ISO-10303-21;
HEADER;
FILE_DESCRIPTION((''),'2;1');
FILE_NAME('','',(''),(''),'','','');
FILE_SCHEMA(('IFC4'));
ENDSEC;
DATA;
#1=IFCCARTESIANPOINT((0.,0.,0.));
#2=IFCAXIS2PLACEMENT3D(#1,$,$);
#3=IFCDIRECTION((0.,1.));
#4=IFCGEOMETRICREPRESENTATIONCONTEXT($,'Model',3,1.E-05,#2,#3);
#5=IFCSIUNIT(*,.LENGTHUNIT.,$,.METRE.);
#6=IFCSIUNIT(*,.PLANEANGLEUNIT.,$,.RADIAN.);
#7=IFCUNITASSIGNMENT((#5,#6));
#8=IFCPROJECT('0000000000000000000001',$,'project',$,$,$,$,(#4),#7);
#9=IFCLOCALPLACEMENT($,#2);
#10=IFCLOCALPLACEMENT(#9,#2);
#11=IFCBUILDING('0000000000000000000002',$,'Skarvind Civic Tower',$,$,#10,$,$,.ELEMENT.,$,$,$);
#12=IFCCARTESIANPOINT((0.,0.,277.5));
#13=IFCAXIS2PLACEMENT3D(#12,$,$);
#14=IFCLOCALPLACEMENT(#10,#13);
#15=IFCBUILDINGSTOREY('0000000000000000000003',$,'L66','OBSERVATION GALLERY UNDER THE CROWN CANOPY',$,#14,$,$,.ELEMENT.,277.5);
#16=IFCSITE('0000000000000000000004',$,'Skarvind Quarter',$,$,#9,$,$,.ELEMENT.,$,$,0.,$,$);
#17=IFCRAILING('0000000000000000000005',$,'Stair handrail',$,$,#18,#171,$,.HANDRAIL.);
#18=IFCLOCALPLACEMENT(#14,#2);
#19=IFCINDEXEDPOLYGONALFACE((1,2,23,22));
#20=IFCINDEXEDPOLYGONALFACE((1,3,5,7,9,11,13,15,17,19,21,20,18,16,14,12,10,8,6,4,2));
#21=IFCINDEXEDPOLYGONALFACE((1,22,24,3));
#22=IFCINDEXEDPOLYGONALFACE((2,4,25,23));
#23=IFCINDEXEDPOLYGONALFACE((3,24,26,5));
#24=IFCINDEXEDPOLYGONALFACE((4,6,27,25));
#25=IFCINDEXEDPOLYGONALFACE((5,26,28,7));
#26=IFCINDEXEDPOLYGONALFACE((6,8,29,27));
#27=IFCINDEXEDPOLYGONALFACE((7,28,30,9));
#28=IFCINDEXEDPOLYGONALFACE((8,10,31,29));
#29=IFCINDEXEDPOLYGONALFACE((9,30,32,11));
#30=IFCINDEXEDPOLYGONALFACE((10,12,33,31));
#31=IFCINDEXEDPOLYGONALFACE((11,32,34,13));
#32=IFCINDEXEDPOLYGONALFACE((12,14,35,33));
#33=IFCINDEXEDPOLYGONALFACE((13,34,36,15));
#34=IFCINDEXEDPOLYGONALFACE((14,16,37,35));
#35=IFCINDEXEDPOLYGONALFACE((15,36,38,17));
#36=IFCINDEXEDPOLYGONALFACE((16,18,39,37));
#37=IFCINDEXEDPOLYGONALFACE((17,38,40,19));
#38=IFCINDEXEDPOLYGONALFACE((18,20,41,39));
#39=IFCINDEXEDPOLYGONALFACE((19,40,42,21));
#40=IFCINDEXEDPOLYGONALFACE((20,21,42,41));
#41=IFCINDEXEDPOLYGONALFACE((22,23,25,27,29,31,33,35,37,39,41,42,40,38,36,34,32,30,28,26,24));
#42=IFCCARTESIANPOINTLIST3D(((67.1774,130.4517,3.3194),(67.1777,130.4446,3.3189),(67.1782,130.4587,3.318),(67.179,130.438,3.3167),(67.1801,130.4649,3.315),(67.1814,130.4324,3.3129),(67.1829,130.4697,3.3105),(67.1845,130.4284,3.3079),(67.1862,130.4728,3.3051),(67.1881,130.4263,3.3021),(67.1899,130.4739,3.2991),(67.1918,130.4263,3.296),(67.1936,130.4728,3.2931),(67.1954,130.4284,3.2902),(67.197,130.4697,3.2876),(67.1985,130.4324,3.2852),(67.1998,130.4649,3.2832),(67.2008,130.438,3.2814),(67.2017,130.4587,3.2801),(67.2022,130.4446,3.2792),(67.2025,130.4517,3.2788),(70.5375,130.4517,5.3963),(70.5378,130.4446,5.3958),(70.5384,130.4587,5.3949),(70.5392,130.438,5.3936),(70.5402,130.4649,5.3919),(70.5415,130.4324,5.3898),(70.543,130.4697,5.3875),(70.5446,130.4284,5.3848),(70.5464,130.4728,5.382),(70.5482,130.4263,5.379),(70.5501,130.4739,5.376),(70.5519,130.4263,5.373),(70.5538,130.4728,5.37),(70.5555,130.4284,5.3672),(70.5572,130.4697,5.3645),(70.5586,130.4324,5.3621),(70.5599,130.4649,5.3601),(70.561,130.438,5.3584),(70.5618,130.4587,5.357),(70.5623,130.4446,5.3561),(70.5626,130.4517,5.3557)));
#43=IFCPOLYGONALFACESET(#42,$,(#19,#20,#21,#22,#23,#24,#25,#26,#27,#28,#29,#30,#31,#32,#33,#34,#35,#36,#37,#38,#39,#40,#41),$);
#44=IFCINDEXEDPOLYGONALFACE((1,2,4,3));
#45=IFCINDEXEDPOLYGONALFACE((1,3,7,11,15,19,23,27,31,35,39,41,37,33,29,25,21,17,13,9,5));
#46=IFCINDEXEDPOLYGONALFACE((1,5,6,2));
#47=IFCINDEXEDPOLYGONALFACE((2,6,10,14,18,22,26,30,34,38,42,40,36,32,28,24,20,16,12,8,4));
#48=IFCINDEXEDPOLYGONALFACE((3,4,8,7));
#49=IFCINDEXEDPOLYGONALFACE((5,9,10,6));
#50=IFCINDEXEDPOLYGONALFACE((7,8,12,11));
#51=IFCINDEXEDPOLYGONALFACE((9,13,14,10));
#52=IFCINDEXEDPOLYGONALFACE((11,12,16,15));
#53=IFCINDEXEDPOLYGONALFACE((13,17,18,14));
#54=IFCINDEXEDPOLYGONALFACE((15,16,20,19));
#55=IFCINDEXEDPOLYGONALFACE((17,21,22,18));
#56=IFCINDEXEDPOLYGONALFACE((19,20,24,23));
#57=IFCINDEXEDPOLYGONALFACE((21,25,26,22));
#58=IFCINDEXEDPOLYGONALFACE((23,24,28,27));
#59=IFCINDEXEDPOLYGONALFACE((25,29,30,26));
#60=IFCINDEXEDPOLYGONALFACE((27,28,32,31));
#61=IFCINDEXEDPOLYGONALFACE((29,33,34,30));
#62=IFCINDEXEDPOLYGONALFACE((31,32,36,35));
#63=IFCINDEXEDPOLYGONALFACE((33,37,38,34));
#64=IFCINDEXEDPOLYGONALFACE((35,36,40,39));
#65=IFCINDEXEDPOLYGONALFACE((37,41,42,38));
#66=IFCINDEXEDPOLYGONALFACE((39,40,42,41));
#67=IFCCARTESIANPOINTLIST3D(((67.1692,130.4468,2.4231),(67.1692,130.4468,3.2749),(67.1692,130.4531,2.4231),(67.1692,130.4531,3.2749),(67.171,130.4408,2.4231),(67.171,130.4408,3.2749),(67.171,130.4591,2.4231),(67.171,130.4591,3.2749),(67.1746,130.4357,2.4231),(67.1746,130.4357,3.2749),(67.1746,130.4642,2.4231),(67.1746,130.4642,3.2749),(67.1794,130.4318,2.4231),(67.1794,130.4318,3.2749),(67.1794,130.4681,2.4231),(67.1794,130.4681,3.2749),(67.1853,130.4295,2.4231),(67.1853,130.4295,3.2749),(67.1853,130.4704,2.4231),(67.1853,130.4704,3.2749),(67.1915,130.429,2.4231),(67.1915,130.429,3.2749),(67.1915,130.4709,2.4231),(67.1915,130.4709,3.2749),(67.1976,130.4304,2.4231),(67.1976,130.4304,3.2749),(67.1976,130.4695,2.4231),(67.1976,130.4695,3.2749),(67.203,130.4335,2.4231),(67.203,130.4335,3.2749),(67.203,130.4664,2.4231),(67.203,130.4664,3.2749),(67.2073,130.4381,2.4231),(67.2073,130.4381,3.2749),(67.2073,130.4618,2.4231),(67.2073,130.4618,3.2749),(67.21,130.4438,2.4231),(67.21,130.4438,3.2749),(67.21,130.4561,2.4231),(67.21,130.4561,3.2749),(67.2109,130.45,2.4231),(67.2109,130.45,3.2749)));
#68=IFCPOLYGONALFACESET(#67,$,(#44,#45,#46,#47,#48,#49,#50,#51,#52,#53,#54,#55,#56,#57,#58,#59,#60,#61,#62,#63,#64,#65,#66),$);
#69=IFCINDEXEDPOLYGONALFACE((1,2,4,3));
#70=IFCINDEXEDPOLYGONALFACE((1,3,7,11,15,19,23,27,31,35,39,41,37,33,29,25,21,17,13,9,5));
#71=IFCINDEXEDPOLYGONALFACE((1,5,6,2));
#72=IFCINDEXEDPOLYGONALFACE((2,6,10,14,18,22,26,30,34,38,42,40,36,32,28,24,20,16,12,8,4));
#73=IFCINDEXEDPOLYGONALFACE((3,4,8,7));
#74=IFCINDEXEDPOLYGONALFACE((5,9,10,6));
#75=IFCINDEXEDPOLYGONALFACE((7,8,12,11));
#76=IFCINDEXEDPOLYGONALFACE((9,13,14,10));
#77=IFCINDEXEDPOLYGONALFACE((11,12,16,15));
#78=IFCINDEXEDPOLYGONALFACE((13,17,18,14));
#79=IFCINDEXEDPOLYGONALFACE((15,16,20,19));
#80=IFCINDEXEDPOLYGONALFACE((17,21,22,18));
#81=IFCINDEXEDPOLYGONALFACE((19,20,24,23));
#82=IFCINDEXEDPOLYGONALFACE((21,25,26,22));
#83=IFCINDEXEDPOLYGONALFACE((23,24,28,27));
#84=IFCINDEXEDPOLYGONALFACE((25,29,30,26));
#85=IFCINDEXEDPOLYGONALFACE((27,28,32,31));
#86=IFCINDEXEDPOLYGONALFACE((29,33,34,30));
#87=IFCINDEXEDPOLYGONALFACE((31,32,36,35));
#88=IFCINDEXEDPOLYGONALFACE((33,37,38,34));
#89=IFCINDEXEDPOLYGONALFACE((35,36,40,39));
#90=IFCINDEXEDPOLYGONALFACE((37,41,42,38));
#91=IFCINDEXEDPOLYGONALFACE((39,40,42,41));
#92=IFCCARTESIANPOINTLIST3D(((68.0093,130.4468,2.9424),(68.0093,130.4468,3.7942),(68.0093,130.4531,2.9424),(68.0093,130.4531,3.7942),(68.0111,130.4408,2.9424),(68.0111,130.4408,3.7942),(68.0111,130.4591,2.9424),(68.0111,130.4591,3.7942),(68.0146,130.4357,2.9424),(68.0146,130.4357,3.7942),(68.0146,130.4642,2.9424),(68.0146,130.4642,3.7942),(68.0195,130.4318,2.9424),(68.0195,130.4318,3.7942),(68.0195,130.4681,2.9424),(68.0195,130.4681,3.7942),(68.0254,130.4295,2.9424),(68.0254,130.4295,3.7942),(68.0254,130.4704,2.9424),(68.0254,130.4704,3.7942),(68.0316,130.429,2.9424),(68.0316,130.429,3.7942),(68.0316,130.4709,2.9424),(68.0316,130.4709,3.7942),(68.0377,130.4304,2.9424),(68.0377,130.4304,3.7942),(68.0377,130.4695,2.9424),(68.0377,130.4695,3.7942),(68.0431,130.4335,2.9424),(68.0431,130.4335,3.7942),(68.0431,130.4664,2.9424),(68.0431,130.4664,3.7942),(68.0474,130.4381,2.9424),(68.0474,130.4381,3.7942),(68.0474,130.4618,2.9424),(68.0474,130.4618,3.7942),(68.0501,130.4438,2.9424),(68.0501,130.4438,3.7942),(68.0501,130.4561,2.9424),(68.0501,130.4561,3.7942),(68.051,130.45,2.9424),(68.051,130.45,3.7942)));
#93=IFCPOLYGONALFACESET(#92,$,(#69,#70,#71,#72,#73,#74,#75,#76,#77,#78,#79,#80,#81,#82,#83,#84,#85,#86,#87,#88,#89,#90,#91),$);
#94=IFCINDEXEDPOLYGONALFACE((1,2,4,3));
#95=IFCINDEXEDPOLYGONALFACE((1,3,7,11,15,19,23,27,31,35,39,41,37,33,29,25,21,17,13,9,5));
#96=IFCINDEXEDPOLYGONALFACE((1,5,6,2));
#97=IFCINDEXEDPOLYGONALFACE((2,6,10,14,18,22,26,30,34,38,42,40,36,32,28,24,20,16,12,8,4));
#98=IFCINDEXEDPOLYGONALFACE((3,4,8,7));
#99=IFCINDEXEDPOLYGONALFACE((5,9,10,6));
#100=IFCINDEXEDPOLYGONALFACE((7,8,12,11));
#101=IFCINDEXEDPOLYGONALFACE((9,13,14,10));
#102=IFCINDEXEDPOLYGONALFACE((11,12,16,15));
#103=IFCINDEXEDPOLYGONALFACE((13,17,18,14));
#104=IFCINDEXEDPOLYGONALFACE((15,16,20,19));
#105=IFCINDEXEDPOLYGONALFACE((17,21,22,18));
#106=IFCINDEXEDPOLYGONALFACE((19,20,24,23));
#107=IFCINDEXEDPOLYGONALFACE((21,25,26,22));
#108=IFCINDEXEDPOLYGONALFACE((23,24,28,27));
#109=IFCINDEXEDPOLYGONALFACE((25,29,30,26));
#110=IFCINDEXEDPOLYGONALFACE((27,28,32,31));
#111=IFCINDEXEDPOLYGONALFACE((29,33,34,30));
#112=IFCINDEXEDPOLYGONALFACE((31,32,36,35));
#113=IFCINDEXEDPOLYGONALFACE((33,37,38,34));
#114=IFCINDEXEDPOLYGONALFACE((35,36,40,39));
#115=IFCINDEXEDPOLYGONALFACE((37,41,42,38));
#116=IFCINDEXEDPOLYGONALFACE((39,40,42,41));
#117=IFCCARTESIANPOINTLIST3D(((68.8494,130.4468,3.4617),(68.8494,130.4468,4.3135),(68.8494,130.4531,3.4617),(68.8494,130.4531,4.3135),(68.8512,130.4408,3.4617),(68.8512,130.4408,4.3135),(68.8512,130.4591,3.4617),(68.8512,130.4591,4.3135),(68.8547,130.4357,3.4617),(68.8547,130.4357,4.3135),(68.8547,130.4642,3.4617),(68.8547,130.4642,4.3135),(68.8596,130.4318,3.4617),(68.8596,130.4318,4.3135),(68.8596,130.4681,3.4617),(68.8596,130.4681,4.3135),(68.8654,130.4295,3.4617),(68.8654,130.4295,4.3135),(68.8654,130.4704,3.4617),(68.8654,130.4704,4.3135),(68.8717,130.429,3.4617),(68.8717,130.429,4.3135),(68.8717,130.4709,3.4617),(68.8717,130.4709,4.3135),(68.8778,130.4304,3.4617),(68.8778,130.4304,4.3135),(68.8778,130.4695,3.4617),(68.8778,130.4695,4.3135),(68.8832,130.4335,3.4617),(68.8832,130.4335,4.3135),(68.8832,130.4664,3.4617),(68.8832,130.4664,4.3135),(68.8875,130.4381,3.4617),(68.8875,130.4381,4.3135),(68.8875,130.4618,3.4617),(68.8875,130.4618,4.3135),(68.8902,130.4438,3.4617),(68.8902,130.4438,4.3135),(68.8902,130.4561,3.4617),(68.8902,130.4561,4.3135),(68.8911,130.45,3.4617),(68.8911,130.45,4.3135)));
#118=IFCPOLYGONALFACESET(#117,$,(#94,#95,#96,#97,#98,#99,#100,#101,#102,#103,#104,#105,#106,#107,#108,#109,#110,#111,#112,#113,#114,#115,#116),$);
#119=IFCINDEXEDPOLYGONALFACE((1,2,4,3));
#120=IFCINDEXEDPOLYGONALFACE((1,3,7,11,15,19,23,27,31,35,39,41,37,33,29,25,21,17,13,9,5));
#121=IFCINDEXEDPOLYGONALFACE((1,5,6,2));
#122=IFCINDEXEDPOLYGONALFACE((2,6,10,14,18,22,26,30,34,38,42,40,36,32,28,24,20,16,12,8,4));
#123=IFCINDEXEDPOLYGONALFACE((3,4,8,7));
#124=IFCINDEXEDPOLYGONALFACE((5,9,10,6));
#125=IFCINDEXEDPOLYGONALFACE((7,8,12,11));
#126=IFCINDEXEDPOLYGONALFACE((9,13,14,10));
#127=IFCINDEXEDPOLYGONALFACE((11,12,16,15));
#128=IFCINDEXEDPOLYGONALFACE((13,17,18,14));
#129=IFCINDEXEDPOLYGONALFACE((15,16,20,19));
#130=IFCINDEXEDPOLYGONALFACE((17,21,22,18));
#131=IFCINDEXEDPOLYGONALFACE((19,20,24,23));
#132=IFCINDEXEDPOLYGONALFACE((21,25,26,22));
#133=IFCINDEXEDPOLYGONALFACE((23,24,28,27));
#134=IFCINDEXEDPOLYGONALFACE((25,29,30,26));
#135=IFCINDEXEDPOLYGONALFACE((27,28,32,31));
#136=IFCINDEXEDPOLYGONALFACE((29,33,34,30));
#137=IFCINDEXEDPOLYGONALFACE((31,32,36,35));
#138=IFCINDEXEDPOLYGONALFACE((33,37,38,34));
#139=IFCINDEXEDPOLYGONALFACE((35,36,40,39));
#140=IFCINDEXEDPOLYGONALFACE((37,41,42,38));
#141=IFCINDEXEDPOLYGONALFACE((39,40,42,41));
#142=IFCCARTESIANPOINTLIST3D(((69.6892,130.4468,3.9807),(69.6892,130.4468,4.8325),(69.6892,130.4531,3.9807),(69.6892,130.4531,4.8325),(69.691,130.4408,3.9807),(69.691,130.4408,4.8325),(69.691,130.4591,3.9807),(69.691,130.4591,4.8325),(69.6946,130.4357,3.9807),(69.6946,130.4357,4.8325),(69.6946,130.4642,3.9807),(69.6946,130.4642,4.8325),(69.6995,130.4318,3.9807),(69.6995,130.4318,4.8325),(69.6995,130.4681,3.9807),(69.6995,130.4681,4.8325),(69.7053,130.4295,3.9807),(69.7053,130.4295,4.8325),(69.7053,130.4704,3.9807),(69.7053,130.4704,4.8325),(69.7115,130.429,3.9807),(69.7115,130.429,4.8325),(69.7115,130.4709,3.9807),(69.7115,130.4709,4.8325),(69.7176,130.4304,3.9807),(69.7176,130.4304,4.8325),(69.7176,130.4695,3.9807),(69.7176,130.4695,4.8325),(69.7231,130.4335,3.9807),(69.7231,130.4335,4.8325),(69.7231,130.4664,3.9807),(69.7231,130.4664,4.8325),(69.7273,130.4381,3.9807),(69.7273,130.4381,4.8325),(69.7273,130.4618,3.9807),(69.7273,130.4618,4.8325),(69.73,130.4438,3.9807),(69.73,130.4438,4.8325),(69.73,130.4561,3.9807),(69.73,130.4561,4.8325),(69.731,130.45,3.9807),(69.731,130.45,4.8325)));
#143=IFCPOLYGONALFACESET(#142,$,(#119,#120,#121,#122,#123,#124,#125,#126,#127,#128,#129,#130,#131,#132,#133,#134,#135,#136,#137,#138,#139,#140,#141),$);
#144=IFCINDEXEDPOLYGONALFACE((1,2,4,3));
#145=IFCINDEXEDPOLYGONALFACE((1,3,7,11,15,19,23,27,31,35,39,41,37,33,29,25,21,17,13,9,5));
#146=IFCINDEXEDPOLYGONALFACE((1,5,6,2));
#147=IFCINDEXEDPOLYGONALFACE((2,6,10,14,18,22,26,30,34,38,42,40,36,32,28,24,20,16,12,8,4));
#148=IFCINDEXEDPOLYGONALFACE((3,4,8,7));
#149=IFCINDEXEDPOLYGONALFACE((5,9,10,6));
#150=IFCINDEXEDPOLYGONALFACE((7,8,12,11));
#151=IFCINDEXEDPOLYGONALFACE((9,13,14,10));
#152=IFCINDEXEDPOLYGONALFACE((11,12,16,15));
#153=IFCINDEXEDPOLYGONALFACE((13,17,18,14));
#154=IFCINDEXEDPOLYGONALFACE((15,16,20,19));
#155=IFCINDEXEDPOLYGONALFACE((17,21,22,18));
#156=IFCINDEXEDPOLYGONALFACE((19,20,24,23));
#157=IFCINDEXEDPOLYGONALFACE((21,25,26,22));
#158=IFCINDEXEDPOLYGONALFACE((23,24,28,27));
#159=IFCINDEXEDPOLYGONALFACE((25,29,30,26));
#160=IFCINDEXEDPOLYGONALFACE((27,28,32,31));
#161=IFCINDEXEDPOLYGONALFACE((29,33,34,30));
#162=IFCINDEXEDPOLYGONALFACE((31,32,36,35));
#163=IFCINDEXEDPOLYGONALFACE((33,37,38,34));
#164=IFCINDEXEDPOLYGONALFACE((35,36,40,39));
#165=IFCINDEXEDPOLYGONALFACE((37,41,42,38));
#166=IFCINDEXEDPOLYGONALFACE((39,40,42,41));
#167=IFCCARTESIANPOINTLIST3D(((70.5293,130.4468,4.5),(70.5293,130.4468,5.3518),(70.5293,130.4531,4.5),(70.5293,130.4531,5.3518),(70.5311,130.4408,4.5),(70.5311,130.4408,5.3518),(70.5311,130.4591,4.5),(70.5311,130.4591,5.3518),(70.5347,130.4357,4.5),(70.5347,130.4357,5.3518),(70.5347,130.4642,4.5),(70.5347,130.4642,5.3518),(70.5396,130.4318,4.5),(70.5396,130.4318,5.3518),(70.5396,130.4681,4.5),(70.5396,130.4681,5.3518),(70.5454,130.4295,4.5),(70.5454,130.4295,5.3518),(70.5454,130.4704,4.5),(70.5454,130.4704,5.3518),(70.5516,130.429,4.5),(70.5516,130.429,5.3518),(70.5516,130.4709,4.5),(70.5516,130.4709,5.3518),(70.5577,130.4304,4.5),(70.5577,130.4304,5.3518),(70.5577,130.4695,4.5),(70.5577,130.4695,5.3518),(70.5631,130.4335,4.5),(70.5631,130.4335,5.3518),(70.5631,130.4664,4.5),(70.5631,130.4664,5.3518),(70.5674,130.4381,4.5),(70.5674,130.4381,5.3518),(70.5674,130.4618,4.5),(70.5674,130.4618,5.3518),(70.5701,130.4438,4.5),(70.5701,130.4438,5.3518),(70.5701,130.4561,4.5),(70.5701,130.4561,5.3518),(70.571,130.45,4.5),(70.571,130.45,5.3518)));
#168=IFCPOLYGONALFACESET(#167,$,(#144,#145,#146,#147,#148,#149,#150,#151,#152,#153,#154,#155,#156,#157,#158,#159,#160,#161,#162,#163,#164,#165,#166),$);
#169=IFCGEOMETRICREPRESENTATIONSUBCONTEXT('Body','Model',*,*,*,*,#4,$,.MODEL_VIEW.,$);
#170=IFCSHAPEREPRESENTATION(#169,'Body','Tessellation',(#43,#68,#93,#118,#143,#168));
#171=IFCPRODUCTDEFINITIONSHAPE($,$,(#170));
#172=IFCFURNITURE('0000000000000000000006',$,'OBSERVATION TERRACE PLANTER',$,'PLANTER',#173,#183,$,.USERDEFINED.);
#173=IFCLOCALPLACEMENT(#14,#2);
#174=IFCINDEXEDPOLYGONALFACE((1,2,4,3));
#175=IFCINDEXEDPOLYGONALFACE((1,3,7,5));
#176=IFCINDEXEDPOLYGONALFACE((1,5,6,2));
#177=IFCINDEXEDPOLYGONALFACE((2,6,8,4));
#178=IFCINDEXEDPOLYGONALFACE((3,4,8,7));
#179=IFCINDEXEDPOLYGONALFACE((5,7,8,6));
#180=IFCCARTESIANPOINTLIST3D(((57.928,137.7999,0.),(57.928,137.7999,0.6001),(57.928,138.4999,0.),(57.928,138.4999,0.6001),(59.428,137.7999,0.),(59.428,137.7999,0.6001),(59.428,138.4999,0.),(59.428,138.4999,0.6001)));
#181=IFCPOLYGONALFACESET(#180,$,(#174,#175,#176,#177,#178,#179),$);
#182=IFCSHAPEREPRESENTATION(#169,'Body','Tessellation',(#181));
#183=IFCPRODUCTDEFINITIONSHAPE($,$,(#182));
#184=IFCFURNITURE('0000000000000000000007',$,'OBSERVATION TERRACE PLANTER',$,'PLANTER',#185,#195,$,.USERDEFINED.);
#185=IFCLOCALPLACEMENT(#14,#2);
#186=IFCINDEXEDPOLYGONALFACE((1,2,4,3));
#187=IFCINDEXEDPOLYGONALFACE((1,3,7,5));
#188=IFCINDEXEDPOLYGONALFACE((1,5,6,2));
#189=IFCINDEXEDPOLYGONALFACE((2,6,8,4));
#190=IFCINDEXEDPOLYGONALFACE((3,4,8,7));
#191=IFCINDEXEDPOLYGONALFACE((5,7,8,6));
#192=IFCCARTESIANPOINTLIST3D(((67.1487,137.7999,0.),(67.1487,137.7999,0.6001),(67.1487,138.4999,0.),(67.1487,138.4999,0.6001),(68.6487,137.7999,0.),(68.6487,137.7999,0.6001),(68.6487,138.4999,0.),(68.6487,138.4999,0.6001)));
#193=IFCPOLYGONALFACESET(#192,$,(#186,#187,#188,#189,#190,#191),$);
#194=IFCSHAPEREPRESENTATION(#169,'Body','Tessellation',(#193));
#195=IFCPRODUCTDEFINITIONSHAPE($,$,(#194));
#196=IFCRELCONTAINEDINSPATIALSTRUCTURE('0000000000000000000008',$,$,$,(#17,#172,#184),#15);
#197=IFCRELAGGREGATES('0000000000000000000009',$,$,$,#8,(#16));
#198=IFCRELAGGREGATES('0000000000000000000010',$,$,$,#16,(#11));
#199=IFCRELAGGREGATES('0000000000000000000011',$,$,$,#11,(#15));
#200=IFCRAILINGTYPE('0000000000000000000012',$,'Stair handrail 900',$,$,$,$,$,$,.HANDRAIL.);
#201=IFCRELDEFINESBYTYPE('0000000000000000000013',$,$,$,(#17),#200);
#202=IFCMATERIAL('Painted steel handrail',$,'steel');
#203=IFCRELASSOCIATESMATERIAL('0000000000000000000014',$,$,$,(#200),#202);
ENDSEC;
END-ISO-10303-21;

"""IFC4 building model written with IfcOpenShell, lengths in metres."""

from ifc_helpers import new_model, si_unit, direction, frame, origin, origin_2d, place, context, subcontext, project, spatial, rectangle, circle, extrude, material, type_object, element, save


model = new_model("IFC4")

# Units and contexts
model_context = context("Model", 3, precision=1e-05, world=origin(), true_north=direction((0.0, 1.0)))
body_context = subcontext(model_context, "Body", "Model", "MODEL_VIEW")
ifc_project = project(units=[si_unit("LENGTHUNIT", "METRE"), si_unit("PLANEANGLEUNIT", "RADIAN")], contexts=[model_context])

# Site, building, storey
site_placement = place(None, origin())
site = spatial("IfcSite", under=ifc_project, at=site_placement, Name="Skarvind Quarter", CompositionType="ELEMENT", RefElevation=0.0)
building_placement = place(site_placement, origin())
building = spatial("IfcBuilding", under=site, at=building_placement, Name="Skarvind Civic Tower", CompositionType="ELEMENT")
storey_placement = place(building_placement, frame((0.0, 0.0, 277.5)))
storey = spatial("IfcBuildingStorey", under=building, at=storey_placement, Name="L66", Description="OBSERVATION GALLERY UNDER THE CROWN CANOPY", CompositionType="ELEMENT", Elevation=277.5)

# Railing
ifc_material_1 = material(Name="Painted steel handrail", Category="steel")
railing_type = type_object("IfcRailingType", Name="Stair handrail 900", PredefinedType="HANDRAIL", material=ifc_material_1)
railing_1_placement = place(storey_placement, frame((67.1899, 130.45, 2.4231)))
element("IfcRailing", 1, at=railing_1_placement, inside=storey, type_object=railing_type, Name="Stair handrail", PredefinedType="HANDRAIL", context=body_context, shape_type="SweptSolid", body=[
    extrude(circle(Radius=0.0239, at=origin_2d()), frame((0.0, 0.0, 0.876), z_axis=(0.850623, 0.0, 0.525776), x_axis=(0.0, 1.0, 0.0)), (0.0, 0.0, 1.0), 3.9502),
    extrude(circle(Radius=0.021, at=origin_2d()), origin(), (0.0, 0.0, 1.0), 0.8518),
    extrude(circle(Radius=0.021, at=origin_2d()), frame((0.8401, 0.0, 0.5193)), (0.0, 0.0, 1.0), 0.8518),
    extrude(circle(Radius=0.021, at=origin_2d()), frame((1.6802, 0.0, 1.0386)), (0.0, 0.0, 1.0), 0.8518),
    extrude(circle(Radius=0.021, at=origin_2d()), frame((2.52, 0.0, 1.5576)), (0.0, 0.0, 1.0), 0.8518),
    extrude(circle(Radius=0.021, at=origin_2d()), frame((3.3601, 0.0, 2.0769)), (0.0, 0.0, 1.0), 0.8518),
])

# Furniture
for number, where, z_axis, x_axis, name in (
    (2, (58.678, 138.1499, 0.0), (0.0, 0.0, 1.0), (1.0, 0.0, 0.0), "OBSERVATION TERRACE PLANTER"),
    (3, (67.8987, 138.1499, 0.0), (0.0, 0.0, 1.0), (1.0, 0.0, 0.0), "OBSERVATION TERRACE PLANTER"),
):
    element("IfcFurniture", number, at=place(storey_placement, frame(where, z_axis=z_axis, x_axis=x_axis)), inside=storey, Name=name, ObjectType="PLANTER", PredefinedType="USERDEFINED", context=body_context, shape_type="SweptSolid", body=[
        extrude(rectangle(XDim=1.5, YDim=0.7, at=origin_2d()), origin(), (0.0, 0.0, 1.0), 0.6001),
    ])

save(model, "model.ifc")
